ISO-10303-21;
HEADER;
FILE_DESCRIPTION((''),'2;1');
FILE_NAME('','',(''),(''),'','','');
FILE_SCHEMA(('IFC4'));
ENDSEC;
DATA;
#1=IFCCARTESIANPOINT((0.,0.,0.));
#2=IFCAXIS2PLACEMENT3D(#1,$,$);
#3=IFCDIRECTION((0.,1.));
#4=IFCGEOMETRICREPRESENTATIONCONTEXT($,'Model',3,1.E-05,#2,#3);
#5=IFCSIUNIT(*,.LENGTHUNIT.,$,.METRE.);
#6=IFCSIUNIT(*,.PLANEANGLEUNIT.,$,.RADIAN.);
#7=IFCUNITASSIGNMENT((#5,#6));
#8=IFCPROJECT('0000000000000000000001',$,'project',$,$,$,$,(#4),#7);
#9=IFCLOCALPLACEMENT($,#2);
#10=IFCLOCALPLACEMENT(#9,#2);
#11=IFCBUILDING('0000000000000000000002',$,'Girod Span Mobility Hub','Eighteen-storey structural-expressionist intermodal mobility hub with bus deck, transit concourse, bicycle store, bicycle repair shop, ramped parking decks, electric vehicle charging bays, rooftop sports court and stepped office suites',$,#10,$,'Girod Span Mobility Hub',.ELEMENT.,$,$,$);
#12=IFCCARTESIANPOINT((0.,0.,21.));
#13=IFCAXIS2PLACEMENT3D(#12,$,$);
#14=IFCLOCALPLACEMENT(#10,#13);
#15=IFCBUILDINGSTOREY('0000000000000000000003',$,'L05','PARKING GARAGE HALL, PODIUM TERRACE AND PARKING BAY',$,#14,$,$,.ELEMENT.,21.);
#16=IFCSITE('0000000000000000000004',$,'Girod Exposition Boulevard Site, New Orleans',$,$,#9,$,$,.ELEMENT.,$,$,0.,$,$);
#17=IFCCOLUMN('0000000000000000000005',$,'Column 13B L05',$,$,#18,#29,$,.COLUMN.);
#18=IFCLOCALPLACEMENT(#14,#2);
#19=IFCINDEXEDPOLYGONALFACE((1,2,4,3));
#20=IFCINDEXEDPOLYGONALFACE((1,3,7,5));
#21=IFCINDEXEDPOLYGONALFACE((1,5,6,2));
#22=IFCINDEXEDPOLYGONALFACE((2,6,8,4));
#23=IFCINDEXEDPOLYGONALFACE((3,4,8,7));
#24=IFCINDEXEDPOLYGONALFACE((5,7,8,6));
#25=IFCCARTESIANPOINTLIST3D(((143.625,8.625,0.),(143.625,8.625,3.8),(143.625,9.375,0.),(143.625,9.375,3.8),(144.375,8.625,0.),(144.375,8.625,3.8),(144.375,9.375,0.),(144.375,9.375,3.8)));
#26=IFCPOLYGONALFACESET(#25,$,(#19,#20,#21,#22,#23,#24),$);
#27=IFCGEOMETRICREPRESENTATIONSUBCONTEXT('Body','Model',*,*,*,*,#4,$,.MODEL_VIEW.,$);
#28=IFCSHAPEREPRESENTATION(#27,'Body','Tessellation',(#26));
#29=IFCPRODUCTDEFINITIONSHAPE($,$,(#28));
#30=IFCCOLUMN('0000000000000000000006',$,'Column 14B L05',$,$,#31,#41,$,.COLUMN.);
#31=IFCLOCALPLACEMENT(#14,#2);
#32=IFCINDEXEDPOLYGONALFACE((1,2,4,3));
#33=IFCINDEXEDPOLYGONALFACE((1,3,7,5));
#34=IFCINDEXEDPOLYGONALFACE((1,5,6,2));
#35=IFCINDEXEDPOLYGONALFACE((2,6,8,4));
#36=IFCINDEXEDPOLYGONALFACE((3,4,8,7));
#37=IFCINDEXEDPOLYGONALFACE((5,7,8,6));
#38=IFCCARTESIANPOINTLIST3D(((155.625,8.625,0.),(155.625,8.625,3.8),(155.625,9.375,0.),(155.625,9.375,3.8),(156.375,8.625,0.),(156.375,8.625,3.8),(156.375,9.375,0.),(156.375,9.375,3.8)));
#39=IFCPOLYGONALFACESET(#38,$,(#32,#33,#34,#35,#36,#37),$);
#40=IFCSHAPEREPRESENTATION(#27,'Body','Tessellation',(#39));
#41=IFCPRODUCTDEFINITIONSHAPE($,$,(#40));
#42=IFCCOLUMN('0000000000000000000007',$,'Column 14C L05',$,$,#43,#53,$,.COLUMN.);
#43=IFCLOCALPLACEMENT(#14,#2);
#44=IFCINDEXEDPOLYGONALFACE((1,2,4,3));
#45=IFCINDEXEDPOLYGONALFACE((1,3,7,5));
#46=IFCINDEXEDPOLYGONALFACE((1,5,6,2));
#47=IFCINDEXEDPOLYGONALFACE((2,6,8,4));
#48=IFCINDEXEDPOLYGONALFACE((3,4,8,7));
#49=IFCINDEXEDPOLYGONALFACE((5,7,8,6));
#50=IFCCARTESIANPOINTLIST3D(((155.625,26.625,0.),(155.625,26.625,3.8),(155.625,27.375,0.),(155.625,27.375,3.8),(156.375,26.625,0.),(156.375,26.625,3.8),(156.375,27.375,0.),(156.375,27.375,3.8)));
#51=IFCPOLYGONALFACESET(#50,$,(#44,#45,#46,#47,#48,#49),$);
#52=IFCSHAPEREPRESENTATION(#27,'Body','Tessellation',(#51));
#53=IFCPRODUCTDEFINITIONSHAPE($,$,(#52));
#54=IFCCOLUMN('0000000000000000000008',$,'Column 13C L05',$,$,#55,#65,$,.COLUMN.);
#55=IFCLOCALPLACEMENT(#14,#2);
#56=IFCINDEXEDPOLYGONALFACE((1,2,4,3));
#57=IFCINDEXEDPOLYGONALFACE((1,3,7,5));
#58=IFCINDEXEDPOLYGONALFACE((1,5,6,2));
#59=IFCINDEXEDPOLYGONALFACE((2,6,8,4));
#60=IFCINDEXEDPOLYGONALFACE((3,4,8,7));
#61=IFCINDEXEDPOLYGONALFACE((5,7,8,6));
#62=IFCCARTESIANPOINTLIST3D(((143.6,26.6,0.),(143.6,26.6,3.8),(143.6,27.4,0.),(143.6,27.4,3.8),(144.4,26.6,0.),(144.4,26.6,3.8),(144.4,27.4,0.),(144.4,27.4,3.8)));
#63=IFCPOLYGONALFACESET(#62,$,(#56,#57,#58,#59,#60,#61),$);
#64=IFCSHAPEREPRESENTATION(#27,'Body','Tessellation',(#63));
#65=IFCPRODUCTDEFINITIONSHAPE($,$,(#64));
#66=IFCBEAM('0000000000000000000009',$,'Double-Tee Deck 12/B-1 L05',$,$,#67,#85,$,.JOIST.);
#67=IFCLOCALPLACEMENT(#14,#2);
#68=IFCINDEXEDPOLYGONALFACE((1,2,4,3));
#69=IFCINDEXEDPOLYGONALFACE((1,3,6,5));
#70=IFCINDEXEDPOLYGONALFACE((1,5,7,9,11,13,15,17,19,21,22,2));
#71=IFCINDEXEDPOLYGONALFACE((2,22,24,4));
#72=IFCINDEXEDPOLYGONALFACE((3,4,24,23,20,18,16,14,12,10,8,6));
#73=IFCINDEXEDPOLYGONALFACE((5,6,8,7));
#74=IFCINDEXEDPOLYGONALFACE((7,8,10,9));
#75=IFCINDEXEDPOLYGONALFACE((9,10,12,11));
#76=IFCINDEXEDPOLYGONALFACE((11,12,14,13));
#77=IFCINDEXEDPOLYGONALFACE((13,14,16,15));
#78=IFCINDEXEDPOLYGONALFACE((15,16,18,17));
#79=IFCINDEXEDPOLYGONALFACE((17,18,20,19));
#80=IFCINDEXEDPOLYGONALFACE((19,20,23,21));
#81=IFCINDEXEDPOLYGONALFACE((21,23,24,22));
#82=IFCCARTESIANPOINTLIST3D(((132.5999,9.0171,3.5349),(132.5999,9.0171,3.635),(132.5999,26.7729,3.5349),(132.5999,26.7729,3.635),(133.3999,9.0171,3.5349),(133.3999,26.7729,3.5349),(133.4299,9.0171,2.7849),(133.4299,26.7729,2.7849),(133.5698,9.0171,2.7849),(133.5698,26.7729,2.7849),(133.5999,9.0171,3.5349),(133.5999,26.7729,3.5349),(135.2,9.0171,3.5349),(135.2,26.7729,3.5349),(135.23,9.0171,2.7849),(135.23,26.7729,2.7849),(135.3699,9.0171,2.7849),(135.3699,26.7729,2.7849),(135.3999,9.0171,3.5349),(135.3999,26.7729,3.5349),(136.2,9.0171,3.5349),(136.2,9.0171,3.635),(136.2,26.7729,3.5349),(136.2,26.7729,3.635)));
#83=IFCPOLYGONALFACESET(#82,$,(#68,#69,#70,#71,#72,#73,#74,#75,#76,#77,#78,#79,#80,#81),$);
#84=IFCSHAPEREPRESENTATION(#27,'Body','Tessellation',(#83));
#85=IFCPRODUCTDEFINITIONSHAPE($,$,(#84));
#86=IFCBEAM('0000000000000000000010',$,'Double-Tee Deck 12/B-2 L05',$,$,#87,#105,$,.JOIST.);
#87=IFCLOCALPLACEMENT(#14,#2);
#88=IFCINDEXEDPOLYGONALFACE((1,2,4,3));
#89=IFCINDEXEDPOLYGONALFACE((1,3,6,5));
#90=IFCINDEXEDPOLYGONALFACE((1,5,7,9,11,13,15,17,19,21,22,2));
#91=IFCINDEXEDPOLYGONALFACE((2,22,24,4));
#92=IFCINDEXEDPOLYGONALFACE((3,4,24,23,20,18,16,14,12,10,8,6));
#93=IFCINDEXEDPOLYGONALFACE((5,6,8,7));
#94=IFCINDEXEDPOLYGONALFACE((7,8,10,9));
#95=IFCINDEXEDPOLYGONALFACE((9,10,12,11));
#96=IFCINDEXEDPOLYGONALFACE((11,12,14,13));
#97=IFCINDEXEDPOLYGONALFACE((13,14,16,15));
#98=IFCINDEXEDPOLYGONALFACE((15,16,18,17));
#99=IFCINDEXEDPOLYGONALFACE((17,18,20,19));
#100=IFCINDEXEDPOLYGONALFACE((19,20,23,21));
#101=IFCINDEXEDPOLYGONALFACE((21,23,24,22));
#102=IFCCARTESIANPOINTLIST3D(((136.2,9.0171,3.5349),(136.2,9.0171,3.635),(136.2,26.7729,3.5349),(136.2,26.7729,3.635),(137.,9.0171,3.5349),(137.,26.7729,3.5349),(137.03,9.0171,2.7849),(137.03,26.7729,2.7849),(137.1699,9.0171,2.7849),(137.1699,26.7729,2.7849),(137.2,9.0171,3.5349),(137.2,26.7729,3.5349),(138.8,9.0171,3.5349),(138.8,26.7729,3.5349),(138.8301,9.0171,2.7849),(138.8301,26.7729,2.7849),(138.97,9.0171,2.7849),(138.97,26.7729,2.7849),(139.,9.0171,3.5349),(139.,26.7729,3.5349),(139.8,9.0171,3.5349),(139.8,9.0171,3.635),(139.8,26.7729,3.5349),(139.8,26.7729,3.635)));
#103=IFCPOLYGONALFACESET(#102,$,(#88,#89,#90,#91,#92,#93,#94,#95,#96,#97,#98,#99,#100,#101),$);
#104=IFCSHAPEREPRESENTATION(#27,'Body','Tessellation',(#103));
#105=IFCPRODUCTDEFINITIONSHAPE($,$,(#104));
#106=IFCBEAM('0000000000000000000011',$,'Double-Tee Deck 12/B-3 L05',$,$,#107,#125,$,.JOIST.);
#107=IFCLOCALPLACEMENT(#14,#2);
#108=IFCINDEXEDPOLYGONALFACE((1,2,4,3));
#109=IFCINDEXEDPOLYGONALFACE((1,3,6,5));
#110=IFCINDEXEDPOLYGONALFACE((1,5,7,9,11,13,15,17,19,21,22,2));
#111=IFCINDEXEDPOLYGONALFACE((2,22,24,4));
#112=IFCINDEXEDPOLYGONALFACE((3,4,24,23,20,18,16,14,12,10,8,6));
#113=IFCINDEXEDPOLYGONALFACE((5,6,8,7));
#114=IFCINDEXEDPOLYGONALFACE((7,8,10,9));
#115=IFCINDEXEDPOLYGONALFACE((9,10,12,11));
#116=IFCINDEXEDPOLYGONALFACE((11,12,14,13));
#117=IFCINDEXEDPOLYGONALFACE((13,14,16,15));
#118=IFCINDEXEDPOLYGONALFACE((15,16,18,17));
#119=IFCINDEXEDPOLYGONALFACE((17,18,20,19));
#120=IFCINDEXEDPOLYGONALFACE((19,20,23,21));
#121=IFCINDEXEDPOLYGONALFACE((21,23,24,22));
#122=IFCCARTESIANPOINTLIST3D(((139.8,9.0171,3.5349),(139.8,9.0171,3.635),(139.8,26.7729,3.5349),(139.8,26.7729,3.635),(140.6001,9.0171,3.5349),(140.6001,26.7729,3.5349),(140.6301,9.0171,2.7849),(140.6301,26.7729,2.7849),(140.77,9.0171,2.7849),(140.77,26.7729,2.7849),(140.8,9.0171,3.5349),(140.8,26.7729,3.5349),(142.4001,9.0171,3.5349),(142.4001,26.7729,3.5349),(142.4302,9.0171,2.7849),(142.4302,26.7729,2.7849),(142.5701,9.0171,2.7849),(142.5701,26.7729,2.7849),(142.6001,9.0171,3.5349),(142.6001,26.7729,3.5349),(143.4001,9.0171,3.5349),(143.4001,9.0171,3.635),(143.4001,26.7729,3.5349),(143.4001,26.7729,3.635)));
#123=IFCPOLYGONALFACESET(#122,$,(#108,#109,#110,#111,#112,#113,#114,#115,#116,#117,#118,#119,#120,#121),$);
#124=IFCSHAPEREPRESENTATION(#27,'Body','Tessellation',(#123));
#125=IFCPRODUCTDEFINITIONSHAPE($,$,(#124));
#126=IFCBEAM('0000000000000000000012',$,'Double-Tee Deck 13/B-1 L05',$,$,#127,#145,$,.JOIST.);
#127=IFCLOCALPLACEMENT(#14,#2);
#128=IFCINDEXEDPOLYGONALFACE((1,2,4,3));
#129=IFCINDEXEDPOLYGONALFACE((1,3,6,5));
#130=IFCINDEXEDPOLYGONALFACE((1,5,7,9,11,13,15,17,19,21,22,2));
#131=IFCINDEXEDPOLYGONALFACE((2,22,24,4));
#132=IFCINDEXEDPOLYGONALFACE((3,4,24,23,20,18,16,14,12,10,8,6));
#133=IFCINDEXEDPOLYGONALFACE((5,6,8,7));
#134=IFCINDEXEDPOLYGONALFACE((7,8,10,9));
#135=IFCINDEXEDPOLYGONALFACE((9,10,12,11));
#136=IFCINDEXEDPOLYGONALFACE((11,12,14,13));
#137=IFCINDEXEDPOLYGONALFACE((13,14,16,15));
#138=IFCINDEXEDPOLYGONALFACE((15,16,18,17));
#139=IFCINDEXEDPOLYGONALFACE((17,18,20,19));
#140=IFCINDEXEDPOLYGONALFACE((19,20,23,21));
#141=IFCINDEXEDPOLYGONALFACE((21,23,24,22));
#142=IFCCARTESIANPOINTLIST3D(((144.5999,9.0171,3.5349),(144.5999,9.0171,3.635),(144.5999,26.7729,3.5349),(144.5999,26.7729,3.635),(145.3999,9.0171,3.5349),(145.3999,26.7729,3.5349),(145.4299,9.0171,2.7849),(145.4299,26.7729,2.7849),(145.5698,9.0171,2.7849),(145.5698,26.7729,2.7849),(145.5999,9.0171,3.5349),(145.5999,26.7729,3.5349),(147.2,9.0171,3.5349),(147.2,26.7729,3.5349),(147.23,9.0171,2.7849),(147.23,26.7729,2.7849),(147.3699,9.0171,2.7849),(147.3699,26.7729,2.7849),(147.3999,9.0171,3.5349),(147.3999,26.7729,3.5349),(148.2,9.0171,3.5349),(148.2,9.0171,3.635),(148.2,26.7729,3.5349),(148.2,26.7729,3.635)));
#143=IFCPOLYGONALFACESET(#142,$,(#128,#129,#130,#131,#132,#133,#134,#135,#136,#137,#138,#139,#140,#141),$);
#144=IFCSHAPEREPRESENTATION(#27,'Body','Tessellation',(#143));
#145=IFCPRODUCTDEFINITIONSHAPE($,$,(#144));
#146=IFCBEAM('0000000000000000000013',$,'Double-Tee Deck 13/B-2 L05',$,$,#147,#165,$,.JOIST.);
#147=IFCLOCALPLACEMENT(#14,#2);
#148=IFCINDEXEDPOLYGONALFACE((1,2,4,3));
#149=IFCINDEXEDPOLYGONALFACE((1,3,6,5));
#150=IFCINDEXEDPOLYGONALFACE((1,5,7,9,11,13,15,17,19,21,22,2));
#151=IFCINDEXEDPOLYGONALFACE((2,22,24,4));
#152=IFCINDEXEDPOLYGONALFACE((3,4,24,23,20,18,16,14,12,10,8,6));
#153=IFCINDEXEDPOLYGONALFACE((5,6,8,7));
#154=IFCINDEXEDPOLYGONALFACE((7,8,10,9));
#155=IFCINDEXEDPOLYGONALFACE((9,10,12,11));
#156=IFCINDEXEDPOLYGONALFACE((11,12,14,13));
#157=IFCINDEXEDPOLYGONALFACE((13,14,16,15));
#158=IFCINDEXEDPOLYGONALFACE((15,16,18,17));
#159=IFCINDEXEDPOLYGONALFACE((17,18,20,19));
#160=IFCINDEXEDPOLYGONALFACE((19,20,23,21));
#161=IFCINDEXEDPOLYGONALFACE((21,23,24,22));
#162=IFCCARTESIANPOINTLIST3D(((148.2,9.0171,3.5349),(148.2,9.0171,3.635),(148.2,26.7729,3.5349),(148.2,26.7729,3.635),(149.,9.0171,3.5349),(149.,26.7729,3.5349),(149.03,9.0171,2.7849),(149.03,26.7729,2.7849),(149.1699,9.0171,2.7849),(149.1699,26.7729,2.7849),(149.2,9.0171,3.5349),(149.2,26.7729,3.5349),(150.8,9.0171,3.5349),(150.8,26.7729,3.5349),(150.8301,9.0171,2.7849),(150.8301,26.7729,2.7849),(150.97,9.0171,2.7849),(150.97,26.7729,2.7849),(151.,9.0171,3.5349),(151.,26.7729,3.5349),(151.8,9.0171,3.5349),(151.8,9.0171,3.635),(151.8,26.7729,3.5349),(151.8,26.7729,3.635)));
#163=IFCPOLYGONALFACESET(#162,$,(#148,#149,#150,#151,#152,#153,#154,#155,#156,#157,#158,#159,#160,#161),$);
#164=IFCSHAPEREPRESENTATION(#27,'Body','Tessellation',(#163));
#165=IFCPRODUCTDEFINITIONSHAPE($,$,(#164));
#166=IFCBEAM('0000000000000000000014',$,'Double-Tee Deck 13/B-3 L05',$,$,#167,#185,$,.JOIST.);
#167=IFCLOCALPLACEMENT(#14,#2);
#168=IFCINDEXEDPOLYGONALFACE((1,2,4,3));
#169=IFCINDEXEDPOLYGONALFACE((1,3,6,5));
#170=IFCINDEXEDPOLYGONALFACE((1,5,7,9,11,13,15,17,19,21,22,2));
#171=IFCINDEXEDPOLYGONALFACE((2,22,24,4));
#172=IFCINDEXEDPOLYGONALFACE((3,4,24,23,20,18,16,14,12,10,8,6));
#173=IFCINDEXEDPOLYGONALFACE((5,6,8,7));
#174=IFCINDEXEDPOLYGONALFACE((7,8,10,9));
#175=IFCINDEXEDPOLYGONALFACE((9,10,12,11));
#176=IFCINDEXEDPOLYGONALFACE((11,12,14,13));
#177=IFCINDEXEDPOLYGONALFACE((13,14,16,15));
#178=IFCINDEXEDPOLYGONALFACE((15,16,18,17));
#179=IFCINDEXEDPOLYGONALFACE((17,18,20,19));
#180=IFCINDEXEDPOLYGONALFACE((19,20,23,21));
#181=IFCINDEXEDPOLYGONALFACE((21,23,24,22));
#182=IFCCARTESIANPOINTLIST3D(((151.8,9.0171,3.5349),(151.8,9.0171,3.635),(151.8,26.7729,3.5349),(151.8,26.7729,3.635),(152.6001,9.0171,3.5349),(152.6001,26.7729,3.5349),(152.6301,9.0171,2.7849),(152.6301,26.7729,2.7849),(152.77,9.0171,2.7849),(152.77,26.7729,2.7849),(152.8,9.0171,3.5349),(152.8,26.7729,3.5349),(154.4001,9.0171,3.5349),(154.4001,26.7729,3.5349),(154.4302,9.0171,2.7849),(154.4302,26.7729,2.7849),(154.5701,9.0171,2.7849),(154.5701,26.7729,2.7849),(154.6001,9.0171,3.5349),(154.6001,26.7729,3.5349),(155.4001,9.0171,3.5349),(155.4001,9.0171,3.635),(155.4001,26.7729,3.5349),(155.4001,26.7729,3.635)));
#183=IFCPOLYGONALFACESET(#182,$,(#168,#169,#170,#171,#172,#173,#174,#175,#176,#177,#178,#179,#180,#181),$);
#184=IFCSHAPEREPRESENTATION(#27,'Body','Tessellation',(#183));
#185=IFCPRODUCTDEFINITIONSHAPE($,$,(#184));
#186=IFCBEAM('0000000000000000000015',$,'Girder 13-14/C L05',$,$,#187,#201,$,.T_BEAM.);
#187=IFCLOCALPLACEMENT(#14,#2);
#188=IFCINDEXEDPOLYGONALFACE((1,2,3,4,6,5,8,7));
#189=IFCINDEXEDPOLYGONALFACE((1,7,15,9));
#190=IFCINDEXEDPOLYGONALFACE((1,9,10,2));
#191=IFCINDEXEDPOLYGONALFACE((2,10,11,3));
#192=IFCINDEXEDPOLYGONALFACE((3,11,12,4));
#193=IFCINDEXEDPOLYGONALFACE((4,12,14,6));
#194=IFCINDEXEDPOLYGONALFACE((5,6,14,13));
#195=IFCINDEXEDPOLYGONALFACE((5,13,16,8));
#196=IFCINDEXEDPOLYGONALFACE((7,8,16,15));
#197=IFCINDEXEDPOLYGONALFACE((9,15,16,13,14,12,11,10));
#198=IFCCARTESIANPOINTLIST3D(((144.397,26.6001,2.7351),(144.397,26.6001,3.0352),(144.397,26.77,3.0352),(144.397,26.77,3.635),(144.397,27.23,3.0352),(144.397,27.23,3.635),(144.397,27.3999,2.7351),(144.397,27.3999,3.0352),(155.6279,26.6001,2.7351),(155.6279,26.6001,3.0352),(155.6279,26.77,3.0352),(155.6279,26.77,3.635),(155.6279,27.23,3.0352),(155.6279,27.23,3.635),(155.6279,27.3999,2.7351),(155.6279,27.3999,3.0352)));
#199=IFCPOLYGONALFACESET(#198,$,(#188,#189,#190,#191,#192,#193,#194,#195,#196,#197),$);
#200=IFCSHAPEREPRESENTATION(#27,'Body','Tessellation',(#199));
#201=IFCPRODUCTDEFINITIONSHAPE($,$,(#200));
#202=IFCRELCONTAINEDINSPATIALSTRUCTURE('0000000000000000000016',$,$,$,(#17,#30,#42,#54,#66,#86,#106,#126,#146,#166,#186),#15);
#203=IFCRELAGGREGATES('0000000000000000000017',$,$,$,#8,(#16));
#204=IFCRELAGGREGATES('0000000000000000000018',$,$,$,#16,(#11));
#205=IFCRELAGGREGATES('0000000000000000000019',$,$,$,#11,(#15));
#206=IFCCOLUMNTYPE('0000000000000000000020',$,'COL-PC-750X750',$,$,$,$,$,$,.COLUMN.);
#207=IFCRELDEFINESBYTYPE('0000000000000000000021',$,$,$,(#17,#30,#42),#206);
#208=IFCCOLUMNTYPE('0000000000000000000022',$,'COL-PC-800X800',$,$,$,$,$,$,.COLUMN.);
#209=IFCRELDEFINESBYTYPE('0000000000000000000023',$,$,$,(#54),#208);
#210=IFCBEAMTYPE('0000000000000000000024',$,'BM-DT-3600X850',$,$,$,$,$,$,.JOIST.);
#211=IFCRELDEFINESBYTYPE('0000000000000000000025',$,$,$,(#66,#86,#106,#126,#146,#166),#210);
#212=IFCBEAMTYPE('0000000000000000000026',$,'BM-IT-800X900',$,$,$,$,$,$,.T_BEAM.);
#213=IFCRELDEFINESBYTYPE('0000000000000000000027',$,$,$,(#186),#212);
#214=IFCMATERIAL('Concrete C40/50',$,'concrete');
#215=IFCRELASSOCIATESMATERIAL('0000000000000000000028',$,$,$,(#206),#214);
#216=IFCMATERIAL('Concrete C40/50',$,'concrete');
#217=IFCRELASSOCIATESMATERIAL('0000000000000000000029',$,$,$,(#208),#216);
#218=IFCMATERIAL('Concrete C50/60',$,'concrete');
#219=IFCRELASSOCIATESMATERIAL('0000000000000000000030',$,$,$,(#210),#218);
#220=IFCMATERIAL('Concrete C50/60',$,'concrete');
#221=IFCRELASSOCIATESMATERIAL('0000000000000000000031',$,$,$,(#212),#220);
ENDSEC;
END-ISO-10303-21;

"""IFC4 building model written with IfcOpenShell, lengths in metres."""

from ifc_helpers import new_model, si_unit, direction, frame, origin, origin_2d, place, context, subcontext, project, spatial, polyline, rectangle, outline, extrude, material, material_profile, profile_set, type_object, element, save


model = new_model("IFC4")

# Units and contexts
model_context = context("Model", 3, precision=1e-05, world=origin(), true_north=direction((0.0, 1.0)))
body_context = subcontext(model_context, "Body", "Model", "MODEL_VIEW")
ifc_project = project(units=[si_unit("LENGTHUNIT", "METRE"), si_unit("PLANEANGLEUNIT", "RADIAN")], contexts=[model_context])

# Site, building, storey
site_placement = place(None, origin())
site = spatial("IfcSite", under=ifc_project, at=site_placement, Name="Girod Exposition Boulevard Site, New Orleans", CompositionType="ELEMENT", RefElevation=0.0)
building_placement = place(site_placement, origin())
building = spatial("IfcBuilding", under=site, at=building_placement, Name="Girod Span Mobility Hub", Description="Eighteen-storey structural-expressionist intermodal mobility hub with bus deck, transit concourse, bicycle store, bicycle repair shop, ramped parking decks, electric vehicle charging bays, rooftop sports court and stepped office suites", LongName="Girod Span Mobility Hub", CompositionType="ELEMENT")
storey_placement = place(building_placement, frame((0.0, 0.0, 21.0)))
storey = spatial("IfcBuildingStorey", under=building, at=storey_placement, Name="L05", Description="PARKING GARAGE HALL, PODIUM TERRACE AND PARKING BAY", CompositionType="ELEMENT", Elevation=21.0)

# Columns
ifc_material_1 = material(Name="Concrete C40/50", Category="concrete")
ifc_material_profile_1 = material_profile(ifc_material_1, rectangle(XDim=0.75, YDim=0.75, at=origin_2d()), Name="PC-COL-750X750")
ifc_profile_set_1 = profile_set([ifc_material_profile_1], Name="Concrete C40/50")
column_type_1 = type_object("IfcColumnType", Name="COL-PC-750X750", PredefinedType="COLUMN", material=ifc_profile_set_1)
for number, where, z_axis, x_axis, name in (
    (1, (144.0, 9.0, 0.0), (0.0, 0.0, 1.0), (1.0, 0.0, 0.0), "Column 13B L05"),
    (2, (156.0, 9.0, 0.0), (0.0, 0.0, 1.0), (1.0, 0.0, 0.0), "Column 14B L05"),
    (3, (156.0, 27.0, 0.0), (0.0, 0.0, 1.0), (1.0, 0.0, 0.0), "Column 14C L05"),
):
    element("IfcColumn", number, at=place(storey_placement, frame(where, z_axis=z_axis, x_axis=x_axis)), inside=storey, type_object=column_type_1, Name=name, PredefinedType="COLUMN", context=body_context, shape_type="SweptSolid", body=[
        extrude(rectangle(XDim=0.75, YDim=0.75, at=origin_2d()), origin(), (0.0, 0.0, 1.0), 3.8),
    ])
ifc_material_2 = material(Name="Concrete C40/50", Category="concrete")
ifc_material_profile_2 = material_profile(ifc_material_2, rectangle(XDim=0.8, YDim=0.8, at=origin_2d()), Name="PC-COL-800X800")
ifc_profile_set_2 = profile_set([ifc_material_profile_2], Name="Concrete C40/50")
column_type_2 = type_object("IfcColumnType", Name="COL-PC-800X800", PredefinedType="COLUMN", material=ifc_profile_set_2)
column_placement = place(storey_placement, frame((144.0, 27.0, 0.0), z_axis=(0.0, 0.0, 1.0), x_axis=(1.0, 0.0, 0.0)))
element("IfcColumn", 4, at=column_placement, inside=storey, type_object=column_type_2, Name="Column 13C L05", PredefinedType="COLUMN", context=body_context, shape_type="SweptSolid", body=[
    extrude(rectangle(XDim=0.8, YDim=0.8, at=origin_2d()), origin(), (0.0, 0.0, 1.0), 3.8),
])

# Beams
ifc_material_3 = material(Name="Concrete C50/60", Category="concrete")
ifc_material_profile_3 = material_profile(ifc_material_3, outline(polyline([(-1.8, 0.425), (-1.8, 0.325), (-1.0, 0.325), (-0.97, -0.425), (-0.8301, -0.425), (-0.8, 0.325), (0.8, 0.325), (0.8301, -0.425), (0.97, -0.425), (1.0, 0.325), (1.8, 0.325), (1.8, 0.425), (-1.8, 0.425)])), Name="DT-3600X850")
ifc_profile_set_3 = profile_set([ifc_material_profile_3], Name="Concrete C50/60")
beam_type_1 = type_object("IfcBeamType", Name="BM-DT-3600X850", PredefinedType="JOIST", material=ifc_profile_set_3)
for number, where, z_axis, x_axis, name in (
    (5, (134.3999, 9.0171, 3.21), (0.0, 1.0, 0.0), (-1.0, 0.0, 0.0), "Double-Tee Deck 12/B-1 L05"),
    (6, (138.0, 9.0171, 3.21), (0.0, 1.0, 0.0), (-1.0, 0.0, 0.0), "Double-Tee Deck 12/B-2 L05"),
    (7, (141.6001, 9.0171, 3.21), (0.0, 1.0, 0.0), (-1.0, 0.0, 0.0), "Double-Tee Deck 12/B-3 L05"),
    (8, (146.3999, 9.0171, 3.21), (0.0, 1.0, 0.0), (-1.0, 0.0, 0.0), "Double-Tee Deck 13/B-1 L05"),
    (9, (150.0, 9.0171, 3.21), (0.0, 1.0, 0.0), (-1.0, 0.0, 0.0), "Double-Tee Deck 13/B-2 L05"),
    (10, (153.6001, 9.0171, 3.21), (0.0, 1.0, 0.0), (-1.0, 0.0, 0.0), "Double-Tee Deck 13/B-3 L05"),
):
    element("IfcBeam", number, at=place(storey_placement, frame(where, z_axis=z_axis, x_axis=x_axis)), inside=storey, type_object=beam_type_1, Name=name, PredefinedType="JOIST", context=body_context, shape_type="SweptSolid", body=[
        extrude(outline(polyline([(-1.8, 0.425), (-1.8, 0.325), (-1.0, 0.325), (-0.97, -0.425), (-0.8301, -0.425), (-0.8, 0.325), (0.8, 0.325), (0.8301, -0.425), (0.97, -0.425), (1.0, 0.325), (1.8, 0.325), (1.8, 0.425), (-1.8, 0.425)])), origin(), (0.0, 0.0, 1.0), 17.7559),
    ])
ifc_material_4 = material(Name="Concrete C50/60", Category="concrete")
ifc_material_profile_4 = material_profile(ifc_material_4, outline(polyline([(-0.3999, -0.45), (0.3999, -0.45), (0.3999, -0.1499), (0.23, -0.1499), (0.23, 0.45), (-0.23, 0.45), (-0.23, -0.1499), (-0.3999, -0.1499), (-0.3999, -0.45)])), Name="IT-800X900")
ifc_profile_set_4 = profile_set([ifc_material_profile_4], Name="Concrete C50/60")
beam_type_2 = type_object("IfcBeamType", Name="BM-IT-800X900", PredefinedType="T_BEAM", material=ifc_profile_set_4)
beam_1_placement = place(storey_placement, frame((144.397, 27.0, 3.1851), z_axis=(1.0, 0.0, 0.0), x_axis=(0.0, 1.0, 0.0)))
element("IfcBeam", 11, at=beam_1_placement, inside=storey, type_object=beam_type_2, Name="Girder 13-14/C L05", PredefinedType="T_BEAM", context=body_context, shape_type="SweptSolid", body=[
    extrude(outline(polyline([(-0.3999, -0.45), (0.3999, -0.45), (0.3999, -0.1499), (0.23, -0.1499), (0.23, 0.45), (-0.23, 0.45), (-0.23, -0.1499), (-0.3999, -0.1499), (-0.3999, -0.45)])), origin(), (0.0, 0.0, 1.0), 11.231),
])

save(model, "model.ifc")
